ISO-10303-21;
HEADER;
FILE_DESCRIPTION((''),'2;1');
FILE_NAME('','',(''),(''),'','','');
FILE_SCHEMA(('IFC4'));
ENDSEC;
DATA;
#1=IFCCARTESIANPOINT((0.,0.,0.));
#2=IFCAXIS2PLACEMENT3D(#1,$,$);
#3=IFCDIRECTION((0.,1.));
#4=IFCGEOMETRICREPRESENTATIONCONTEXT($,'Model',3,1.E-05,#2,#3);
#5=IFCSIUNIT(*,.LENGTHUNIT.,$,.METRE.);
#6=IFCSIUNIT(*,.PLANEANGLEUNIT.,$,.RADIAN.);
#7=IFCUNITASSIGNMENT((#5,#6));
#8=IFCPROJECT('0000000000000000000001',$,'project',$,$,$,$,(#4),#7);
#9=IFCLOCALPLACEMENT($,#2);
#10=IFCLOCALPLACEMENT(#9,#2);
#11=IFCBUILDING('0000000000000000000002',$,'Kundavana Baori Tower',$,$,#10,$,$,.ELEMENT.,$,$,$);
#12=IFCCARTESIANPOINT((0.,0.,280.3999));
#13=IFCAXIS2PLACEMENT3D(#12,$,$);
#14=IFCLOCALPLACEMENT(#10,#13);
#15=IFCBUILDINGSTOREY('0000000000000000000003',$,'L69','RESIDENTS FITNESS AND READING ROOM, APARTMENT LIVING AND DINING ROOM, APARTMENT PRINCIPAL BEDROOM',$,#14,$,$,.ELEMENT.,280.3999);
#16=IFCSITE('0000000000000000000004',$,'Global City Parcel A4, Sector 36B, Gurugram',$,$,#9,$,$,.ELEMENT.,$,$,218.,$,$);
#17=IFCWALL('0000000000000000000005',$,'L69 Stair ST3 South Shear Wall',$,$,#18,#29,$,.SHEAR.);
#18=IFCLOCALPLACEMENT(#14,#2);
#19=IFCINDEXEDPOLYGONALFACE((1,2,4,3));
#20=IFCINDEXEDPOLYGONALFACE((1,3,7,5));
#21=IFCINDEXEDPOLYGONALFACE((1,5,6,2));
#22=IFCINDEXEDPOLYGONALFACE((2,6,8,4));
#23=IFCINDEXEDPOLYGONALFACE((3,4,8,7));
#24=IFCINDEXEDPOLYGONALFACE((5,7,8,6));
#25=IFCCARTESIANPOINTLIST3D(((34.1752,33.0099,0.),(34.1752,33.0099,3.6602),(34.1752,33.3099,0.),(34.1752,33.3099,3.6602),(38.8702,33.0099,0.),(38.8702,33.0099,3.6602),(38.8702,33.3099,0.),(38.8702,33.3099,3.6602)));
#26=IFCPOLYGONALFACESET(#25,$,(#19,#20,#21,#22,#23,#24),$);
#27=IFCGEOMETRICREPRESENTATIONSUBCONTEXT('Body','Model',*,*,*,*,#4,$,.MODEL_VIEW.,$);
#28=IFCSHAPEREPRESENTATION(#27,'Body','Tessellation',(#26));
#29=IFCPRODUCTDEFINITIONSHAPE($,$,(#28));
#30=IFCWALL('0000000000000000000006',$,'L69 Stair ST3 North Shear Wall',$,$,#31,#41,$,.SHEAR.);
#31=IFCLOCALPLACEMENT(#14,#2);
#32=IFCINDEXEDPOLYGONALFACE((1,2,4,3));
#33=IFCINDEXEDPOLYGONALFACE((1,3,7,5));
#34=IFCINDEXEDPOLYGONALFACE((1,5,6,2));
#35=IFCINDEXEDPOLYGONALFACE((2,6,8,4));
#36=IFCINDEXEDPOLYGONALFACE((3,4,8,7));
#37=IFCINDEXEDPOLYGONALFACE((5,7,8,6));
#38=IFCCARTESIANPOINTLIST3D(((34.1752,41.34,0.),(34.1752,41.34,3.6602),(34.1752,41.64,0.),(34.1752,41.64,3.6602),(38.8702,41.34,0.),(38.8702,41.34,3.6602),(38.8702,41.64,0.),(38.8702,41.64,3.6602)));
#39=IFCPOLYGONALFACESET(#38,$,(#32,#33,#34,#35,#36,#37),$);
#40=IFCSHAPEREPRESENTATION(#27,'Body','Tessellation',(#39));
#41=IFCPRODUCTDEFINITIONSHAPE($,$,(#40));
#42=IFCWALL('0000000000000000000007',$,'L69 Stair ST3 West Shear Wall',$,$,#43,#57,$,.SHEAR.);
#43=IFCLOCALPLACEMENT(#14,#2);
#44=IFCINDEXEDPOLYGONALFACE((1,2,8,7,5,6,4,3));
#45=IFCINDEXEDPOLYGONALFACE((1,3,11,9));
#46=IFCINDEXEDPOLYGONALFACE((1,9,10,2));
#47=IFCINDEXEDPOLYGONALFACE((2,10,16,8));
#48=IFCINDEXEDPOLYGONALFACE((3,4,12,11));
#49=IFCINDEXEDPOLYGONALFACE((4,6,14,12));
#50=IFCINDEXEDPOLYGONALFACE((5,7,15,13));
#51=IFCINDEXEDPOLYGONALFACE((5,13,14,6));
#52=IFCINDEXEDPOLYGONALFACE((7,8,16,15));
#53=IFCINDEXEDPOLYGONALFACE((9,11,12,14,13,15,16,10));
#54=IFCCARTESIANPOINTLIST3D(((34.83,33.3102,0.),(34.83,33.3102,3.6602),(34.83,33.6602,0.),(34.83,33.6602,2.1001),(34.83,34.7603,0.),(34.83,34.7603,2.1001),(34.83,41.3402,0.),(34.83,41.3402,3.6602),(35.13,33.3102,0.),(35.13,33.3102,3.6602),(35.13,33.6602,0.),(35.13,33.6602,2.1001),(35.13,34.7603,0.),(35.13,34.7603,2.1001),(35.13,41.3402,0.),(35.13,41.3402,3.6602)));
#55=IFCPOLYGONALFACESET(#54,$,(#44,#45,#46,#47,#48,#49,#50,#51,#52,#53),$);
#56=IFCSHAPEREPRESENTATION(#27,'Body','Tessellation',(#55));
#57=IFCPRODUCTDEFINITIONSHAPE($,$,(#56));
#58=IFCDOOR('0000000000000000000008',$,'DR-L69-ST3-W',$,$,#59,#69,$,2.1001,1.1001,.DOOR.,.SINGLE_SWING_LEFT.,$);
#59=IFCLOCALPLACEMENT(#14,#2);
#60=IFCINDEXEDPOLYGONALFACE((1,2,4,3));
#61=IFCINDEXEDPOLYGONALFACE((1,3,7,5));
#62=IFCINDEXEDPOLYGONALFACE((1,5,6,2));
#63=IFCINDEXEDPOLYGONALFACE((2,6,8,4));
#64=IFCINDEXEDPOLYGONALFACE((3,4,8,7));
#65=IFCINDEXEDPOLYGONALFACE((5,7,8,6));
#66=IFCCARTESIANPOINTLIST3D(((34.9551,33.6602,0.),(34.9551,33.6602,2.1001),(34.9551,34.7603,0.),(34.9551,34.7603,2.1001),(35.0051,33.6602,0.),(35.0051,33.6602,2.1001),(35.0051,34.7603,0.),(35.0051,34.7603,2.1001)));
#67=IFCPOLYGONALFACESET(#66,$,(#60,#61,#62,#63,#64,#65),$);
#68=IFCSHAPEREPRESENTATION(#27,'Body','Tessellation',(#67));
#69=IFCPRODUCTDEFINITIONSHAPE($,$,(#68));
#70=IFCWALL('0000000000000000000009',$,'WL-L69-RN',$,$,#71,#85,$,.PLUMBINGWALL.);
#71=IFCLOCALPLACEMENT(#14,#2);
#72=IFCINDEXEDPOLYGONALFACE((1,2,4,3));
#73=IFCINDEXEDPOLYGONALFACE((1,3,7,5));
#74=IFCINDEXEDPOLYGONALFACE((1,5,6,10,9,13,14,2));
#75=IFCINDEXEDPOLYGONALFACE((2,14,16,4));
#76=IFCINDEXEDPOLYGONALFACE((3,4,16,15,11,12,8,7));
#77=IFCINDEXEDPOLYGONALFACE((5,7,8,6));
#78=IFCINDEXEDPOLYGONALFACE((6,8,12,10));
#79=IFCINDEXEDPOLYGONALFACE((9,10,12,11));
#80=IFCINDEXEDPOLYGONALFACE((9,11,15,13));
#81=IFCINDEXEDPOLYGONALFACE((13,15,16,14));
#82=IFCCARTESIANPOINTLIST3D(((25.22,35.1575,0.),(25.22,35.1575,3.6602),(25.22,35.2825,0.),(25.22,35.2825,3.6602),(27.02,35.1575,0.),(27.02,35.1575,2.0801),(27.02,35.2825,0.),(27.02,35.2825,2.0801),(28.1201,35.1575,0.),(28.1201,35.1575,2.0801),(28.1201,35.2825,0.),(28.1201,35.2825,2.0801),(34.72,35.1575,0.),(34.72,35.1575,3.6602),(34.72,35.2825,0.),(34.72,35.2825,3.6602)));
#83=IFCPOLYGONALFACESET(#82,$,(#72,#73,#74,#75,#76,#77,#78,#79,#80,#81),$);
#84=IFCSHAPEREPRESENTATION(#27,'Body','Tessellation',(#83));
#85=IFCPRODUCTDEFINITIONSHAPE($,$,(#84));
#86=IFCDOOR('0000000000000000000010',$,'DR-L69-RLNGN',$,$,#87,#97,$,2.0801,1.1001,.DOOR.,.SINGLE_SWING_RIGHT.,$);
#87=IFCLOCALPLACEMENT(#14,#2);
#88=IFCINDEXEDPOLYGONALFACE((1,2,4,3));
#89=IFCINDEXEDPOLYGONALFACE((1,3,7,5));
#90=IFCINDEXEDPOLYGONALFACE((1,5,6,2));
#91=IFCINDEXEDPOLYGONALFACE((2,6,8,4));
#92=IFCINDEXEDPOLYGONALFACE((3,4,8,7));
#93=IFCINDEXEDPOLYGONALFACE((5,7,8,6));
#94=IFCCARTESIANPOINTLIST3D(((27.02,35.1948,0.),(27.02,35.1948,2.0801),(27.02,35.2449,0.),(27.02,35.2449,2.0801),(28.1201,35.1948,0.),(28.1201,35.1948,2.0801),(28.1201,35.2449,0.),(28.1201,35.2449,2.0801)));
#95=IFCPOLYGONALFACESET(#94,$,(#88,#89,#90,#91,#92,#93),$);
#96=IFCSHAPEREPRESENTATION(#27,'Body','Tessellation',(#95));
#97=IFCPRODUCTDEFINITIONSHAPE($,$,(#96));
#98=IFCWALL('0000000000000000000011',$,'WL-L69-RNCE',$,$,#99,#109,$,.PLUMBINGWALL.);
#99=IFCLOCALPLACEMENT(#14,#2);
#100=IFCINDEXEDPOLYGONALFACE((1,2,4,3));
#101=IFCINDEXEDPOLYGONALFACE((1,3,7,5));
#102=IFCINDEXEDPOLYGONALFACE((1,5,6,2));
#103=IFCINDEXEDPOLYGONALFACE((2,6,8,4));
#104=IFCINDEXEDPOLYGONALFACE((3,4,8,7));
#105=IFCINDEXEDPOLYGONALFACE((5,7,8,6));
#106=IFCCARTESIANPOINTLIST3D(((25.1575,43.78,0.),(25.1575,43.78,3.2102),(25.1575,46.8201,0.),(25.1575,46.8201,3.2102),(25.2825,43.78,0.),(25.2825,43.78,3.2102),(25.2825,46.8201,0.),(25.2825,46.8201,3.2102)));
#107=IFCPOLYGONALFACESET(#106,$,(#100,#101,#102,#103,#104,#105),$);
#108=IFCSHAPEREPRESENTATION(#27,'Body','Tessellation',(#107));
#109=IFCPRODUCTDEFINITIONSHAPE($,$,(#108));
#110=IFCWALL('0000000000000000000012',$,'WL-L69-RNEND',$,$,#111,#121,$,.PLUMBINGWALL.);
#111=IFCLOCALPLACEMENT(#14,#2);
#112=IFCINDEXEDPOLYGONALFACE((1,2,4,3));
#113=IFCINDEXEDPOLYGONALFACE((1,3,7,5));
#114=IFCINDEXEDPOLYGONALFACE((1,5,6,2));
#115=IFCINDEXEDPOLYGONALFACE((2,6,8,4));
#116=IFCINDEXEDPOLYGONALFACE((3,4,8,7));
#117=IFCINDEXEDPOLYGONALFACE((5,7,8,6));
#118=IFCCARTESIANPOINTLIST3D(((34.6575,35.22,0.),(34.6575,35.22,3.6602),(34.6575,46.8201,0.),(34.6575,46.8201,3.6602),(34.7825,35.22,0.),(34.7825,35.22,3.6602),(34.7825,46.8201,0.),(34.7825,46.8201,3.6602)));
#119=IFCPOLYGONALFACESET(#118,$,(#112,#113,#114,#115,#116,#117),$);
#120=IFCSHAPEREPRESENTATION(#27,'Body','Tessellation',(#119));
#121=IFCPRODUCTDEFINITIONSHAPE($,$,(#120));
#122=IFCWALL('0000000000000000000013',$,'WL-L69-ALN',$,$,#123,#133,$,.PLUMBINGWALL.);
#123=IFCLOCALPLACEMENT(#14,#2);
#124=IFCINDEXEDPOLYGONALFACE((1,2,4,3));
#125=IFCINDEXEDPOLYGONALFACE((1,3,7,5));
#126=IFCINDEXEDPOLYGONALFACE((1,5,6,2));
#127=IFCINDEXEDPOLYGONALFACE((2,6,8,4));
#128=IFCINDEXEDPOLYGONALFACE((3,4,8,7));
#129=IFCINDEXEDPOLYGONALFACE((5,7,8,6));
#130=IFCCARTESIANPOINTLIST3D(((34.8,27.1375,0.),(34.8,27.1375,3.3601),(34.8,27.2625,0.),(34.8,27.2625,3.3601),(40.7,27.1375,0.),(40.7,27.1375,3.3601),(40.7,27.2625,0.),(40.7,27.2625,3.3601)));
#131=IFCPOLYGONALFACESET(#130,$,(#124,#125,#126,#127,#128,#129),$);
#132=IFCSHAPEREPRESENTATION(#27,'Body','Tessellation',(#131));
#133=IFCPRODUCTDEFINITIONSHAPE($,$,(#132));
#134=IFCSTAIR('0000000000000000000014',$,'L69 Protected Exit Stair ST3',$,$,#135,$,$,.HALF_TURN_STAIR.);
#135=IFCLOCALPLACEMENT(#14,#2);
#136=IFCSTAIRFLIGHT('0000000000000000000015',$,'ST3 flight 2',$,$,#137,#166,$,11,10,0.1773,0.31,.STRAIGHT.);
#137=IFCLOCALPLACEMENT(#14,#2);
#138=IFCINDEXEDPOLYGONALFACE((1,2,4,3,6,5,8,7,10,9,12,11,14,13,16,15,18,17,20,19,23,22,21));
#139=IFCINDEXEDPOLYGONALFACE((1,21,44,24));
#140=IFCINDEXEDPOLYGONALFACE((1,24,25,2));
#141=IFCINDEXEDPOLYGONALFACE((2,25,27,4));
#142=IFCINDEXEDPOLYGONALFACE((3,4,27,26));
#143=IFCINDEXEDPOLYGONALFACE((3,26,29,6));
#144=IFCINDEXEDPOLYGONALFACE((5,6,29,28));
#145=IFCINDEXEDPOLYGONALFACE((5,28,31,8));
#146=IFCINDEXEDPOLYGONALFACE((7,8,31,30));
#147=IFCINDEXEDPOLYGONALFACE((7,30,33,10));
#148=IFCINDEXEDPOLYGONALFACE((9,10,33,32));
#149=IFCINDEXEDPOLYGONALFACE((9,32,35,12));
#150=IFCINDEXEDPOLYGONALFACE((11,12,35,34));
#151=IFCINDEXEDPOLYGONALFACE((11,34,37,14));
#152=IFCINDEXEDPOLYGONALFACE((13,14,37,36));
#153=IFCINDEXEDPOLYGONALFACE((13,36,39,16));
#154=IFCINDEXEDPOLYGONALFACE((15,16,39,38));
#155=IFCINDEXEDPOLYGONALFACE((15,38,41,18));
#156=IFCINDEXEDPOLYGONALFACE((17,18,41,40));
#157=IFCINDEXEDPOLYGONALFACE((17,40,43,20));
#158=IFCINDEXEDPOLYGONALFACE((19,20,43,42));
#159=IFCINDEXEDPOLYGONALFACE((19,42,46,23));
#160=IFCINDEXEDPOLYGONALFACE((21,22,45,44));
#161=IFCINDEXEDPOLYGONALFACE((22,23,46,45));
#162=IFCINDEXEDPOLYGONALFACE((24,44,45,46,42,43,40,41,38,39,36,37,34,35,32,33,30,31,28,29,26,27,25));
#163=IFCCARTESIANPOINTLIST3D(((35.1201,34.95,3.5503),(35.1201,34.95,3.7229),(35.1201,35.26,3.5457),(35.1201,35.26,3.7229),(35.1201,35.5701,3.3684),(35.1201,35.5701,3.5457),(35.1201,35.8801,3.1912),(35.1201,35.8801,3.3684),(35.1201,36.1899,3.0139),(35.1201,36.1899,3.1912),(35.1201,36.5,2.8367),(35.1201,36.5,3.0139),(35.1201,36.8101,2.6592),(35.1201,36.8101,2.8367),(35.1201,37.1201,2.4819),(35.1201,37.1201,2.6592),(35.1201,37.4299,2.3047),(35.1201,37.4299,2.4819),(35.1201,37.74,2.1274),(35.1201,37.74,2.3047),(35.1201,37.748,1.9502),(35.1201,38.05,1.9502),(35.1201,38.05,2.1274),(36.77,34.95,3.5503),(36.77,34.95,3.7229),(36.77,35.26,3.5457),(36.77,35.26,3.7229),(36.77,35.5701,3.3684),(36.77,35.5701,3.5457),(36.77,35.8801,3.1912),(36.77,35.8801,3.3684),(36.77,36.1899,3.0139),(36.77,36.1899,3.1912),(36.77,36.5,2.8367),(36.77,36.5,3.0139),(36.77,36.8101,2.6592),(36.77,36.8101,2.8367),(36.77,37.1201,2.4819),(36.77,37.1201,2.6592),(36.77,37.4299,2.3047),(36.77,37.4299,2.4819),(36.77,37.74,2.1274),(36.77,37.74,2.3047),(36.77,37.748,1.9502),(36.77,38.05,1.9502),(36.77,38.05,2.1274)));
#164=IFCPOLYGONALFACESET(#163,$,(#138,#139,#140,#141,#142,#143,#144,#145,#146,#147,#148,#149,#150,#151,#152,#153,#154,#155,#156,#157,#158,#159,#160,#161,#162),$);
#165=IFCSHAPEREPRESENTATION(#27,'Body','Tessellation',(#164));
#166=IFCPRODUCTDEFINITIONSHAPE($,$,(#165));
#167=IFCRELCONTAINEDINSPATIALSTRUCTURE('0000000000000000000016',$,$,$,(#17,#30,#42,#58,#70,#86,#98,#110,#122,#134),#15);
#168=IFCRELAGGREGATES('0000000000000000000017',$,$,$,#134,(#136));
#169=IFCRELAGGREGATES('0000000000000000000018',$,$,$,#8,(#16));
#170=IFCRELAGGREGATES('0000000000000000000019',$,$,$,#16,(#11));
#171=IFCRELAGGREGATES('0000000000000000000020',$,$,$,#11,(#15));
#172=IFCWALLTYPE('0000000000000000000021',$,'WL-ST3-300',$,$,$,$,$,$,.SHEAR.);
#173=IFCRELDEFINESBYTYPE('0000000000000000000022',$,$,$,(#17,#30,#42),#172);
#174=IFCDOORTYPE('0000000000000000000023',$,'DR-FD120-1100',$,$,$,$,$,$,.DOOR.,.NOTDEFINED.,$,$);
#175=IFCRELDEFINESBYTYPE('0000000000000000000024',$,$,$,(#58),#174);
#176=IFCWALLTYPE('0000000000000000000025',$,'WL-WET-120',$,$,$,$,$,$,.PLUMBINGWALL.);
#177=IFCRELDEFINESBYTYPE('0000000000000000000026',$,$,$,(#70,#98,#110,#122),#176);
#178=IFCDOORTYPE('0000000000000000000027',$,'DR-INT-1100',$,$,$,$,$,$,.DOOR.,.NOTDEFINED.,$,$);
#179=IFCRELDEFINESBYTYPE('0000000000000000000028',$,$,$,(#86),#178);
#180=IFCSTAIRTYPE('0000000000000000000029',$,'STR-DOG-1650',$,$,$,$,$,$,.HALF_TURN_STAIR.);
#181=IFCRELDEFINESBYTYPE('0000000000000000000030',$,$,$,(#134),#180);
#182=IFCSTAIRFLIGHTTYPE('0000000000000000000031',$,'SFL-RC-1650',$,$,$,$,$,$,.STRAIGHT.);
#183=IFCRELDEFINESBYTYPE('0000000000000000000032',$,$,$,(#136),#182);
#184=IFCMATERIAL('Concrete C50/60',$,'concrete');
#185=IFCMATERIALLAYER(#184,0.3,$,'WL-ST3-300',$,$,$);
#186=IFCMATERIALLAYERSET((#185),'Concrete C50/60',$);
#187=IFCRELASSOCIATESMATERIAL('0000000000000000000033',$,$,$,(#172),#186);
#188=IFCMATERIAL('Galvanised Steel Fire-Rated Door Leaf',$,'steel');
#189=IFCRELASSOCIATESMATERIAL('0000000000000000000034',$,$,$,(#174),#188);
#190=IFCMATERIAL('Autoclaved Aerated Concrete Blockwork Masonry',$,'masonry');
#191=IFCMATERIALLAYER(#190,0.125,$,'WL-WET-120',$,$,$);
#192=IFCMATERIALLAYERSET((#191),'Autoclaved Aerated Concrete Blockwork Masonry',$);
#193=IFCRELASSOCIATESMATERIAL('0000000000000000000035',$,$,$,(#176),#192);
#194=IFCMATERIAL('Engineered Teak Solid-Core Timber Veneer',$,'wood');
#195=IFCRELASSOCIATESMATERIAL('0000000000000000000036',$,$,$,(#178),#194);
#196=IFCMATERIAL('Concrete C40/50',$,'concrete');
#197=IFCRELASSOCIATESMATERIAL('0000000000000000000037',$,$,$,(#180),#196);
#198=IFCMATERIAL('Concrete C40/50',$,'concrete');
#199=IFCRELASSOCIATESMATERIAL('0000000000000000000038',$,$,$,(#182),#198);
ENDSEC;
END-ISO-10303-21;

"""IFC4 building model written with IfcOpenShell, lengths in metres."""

from ifc_helpers import new_model, si_unit, direction, frame, frame_2d, origin, place, context, subcontext, project, spatial, polyline, rectangle, outline, extrude, material, layer, layer_set, type_object, element, fill, aggregate, save


model = new_model("IFC4")

# Units and contexts
model_context = context("Model", 3, precision=1e-05, world=origin(), true_north=direction((0.0, 1.0)))
body_context = subcontext(model_context, "Body", "Model", "MODEL_VIEW")
ifc_project = project(units=[si_unit("LENGTHUNIT", "METRE"), si_unit("PLANEANGLEUNIT", "RADIAN")], contexts=[model_context])

# Site, building, storey
site_placement = place(None, origin())
site = spatial("IfcSite", under=ifc_project, at=site_placement, Name="Global City Parcel A4, Sector 36B, Gurugram", CompositionType="ELEMENT", RefElevation=218.0)
building_placement = place(site_placement, origin())
building = spatial("IfcBuilding", under=site, at=building_placement, Name="Kundavana Baori Tower", CompositionType="ELEMENT")
storey_placement = place(building_placement, frame((0.0, 0.0, 280.3999)))
storey = spatial("IfcBuildingStorey", under=building, at=storey_placement, Name="L69", Description="RESIDENTS FITNESS AND READING ROOM, APARTMENT LIVING AND DINING ROOM, APARTMENT PRINCIPAL BEDROOM", CompositionType="ELEMENT", Elevation=280.3999)

# Walls
ifc_material_1 = material(Name="Concrete C50/60", Category="concrete")
ifc_layer_1 = layer(ifc_material_1, 0.3, Name="WL-ST3-300")
ifc_layer_set_1 = layer_set([ifc_layer_1], Name="Concrete C50/60")
wall_type_1 = type_object("IfcWallType", Name="WL-ST3-300", PredefinedType="SHEAR", material=ifc_layer_set_1)
for number, where, z_axis, x_axis, name in (
    (1, (34.175, 33.1599, 0.0), (0.0, 0.0, 1.0), (1.0, 0.0, 0.0), "L69 Stair ST3 South Shear Wall"),
    (2, (34.175, 41.49, 0.0), (0.0, 0.0, 1.0), (1.0, 0.0, 0.0), "L69 Stair ST3 North Shear Wall"),
):
    element("IfcWall", number, at=place(storey_placement, frame(where, z_axis=z_axis, x_axis=x_axis)), inside=storey, type_object=wall_type_1, Name=name, PredefinedType="SHEAR", context=body_context, shape_type="SweptSolid", body=[
        extrude(rectangle(XDim=4.6951, YDim=0.3, at=frame_2d((2.3477, 0.0))), origin(), (0.0, 0.0, 1.0), 3.6602),
    ])

# Walls, openings, doors
wall_1_placement = place(storey_placement, frame((34.98, 33.3101, 0.0), z_axis=(0.0, 0.0, 1.0), x_axis=(0.0, 1.0, 0.0)))
wall_1 = element("IfcWall", 3, at=wall_1_placement, inside=storey, type_object=wall_type_1, Name="L69 Stair ST3 West Shear Wall", PredefinedType="SHEAR", context=body_context, shape_type="SweptSolid", body=[
    extrude(rectangle(XDim=8.03, YDim=0.3, at=frame_2d((4.0151, 0.0))), origin(), (0.0, 0.0, 1.0), 3.6602),
])
opening_1_placement = place(wall_1_placement, frame((0.3501, 0.0, 0.0)))
opening_1 = element("IfcOpeningElement", 4, at=opening_1_placement, cuts=wall_1, PredefinedType="OPENING", context=body_context, shape_type="SweptSolid", body=[
    extrude(rectangle(XDim=1.1001, YDim=2.1001, at=frame_2d((0.55, 1.05))), frame((0.0, 0.1602, 0.0), z_axis=(0.0, -1.0, 0.0), x_axis=(1.0, 0.0, 0.0)), (0.0, 0.0, 1.0), 0.3201),
])
ifc_material_2 = material(Name="Galvanised Steel Fire-Rated Door Leaf", Category="steel")
door_type_1 = type_object("IfcDoorType", Name="DR-FD120-1100", OperationType="NOTDEFINED", PredefinedType="DOOR", material=ifc_material_2)
door_1_placement = place(opening_1_placement, origin())
door_1 = element("IfcDoor", 5, at=door_1_placement, inside=storey, type_object=door_type_1, Name="DR-L69-ST3-W", OperationType="SINGLE_SWING_LEFT", OverallHeight=2.1001, OverallWidth=1.1001, PredefinedType="DOOR", context=body_context, shape_type="SweptSolid", body=[
    extrude(rectangle(XDim=1.1001, YDim=2.1001, at=frame_2d((0.55, 1.05))), frame((0.0, 0.0249, 0.0), z_axis=(0.0, -1.0, 0.0), x_axis=(1.0, 0.0, 0.0)), (0.0, 0.0, 1.0), 0.05),
])
fill(opening_1, door_1)
ifc_material_3 = material(Name="Autoclaved Aerated Concrete Blockwork Masonry", Category="masonry")
ifc_layer_2 = layer(ifc_material_3, 0.125, Name="WL-WET-120")
ifc_layer_set_2 = layer_set([ifc_layer_2], Name="Autoclaved Aerated Concrete Blockwork Masonry")
wall_type_2 = type_object("IfcWallType", Name="WL-WET-120", PredefinedType="PLUMBINGWALL", material=ifc_layer_set_2)
wall_2_placement = place(storey_placement, frame((25.22, 35.22, 0.0), z_axis=(0.0, 0.0, 1.0), x_axis=(1.0, 0.0, 0.0)))
wall_2 = element("IfcWall", 6, at=wall_2_placement, inside=storey, type_object=wall_type_2, Name="WL-L69-RN", PredefinedType="PLUMBINGWALL", context=body_context, shape_type="SweptSolid", body=[
    extrude(rectangle(XDim=9.5, YDim=0.125, at=frame_2d((4.75, 0.0))), origin(), (0.0, 0.0, 1.0), 3.6602),
])
opening_2_placement = place(wall_2_placement, frame((1.8, 0.0, 0.0)))
opening_2 = element("IfcOpeningElement", 7, at=opening_2_placement, cuts=wall_2, PredefinedType="OPENING", context=body_context, shape_type="SweptSolid", body=[
    extrude(rectangle(XDim=1.1001, YDim=2.0801, at=frame_2d((0.55, 1.04))), frame((0.0, 0.0725, 0.0), z_axis=(0.0, -1.0, 0.0), x_axis=(1.0, 0.0, 0.0)), (0.0, 0.0, 1.0), 0.145),
])
ifc_material_4 = material(Name="Engineered Teak Solid-Core Timber Veneer", Category="wood")
door_type_2 = type_object("IfcDoorType", Name="DR-INT-1100", OperationType="NOTDEFINED", PredefinedType="DOOR", material=ifc_material_4)
door_2_placement = place(opening_2_placement, origin())
door_2 = element("IfcDoor", 8, at=door_2_placement, inside=storey, type_object=door_type_2, Name="DR-L69-RLNGN", OperationType="SINGLE_SWING_RIGHT", OverallHeight=2.0801, OverallWidth=1.1001, PredefinedType="DOOR", context=body_context, shape_type="SweptSolid", body=[
    extrude(rectangle(XDim=1.1001, YDim=2.0801, at=frame_2d((0.55, 1.04))), frame((0.0, 0.0249, 0.0), z_axis=(0.0, -1.0, 0.0), x_axis=(1.0, 0.0, 0.0)), (0.0, 0.0, 1.0), 0.05),
])
fill(opening_2, door_2)

# Walls
wall_3_placement = place(storey_placement, frame((25.22, 43.78, 0.0), z_axis=(0.0, 0.0, 1.0), x_axis=(0.0, 1.0, 0.0)))
element("IfcWall", 9, at=wall_3_placement, inside=storey, type_object=wall_type_2, Name="WL-L69-RNCE", PredefinedType="PLUMBINGWALL", context=body_context, shape_type="SweptSolid", body=[
    extrude(rectangle(XDim=3.04, YDim=0.125, at=frame_2d((1.52, 0.0))), origin(), (0.0, 0.0, 1.0), 3.2102),
])
wall_4_placement = place(storey_placement, frame((34.72, 35.22, 0.0), z_axis=(0.0, 0.0, 1.0), x_axis=(0.0, 1.0, 0.0)))
element("IfcWall", 10, at=wall_4_placement, inside=storey, type_object=wall_type_2, Name="WL-L69-RNEND", PredefinedType="PLUMBINGWALL", context=body_context, shape_type="SweptSolid", body=[
    extrude(rectangle(XDim=11.6001, YDim=0.125, at=frame_2d((5.8, 0.0))), origin(), (0.0, 0.0, 1.0), 3.6602),
])
wall_5_placement = place(storey_placement, frame((34.8, 27.2, 0.0), z_axis=(0.0, 0.0, 1.0), x_axis=(1.0, 0.0, 0.0)))
element("IfcWall", 11, at=wall_5_placement, inside=storey, type_object=wall_type_2, Name="WL-L69-ALN", PredefinedType="PLUMBINGWALL", context=body_context, shape_type="SweptSolid", body=[
    extrude(rectangle(XDim=5.8999, YDim=0.125, at=frame_2d((2.95, 0.0))), origin(), (0.0, 0.0, 1.0), 3.3601),
])

# Stair, stair flight
ifc_material_5 = material(Name="Concrete C40/50", Category="concrete")
stair_type = type_object("IfcStairType", Name="STR-DOG-1650", PredefinedType="HALF_TURN_STAIR", material=ifc_material_5)
stair_placement = place(storey_placement, origin())
stair = element("IfcStair", 12, at=stair_placement, inside=storey, type_object=stair_type, Name="L69 Protected Exit Stair ST3", PredefinedType="HALF_TURN_STAIR")
ifc_material_6 = material(Name="Concrete C40/50", Category="concrete")
stair_flight_type = type_object("IfcStairFlightType", Name="SFL-RC-1650", PredefinedType="STRAIGHT", material=ifc_material_6)
stair_flight_placement = place(storey_placement, frame((35.9451, 38.05, 1.9502), z_axis=(0.0, 0.0, 1.0), x_axis=(0.0, -1.0, 0.0)))
stair_flight = element("IfcStairFlight", 13, at=stair_flight_placement, type_object=stair_flight_type, Name="ST3 flight 2", NumberOfRisers=11, NumberOfTreads=10, PredefinedType="STRAIGHT", RiserHeight=0.1773, TreadLength=0.31, context=body_context, shape_type="SweptSolid", body=[
    extrude(outline(polyline([(0.0, 0.0), (0.0, 0.1772), (0.3101, 0.1772), (0.3101, 0.3545), (0.6201, 0.3545), (0.6201, 0.5317), (0.9299, 0.5317), (0.9299, 0.709), (1.24, 0.709), (1.24, 0.8865), (1.55, 0.8865), (1.55, 1.0637), (1.8601, 1.0637), (1.8601, 1.241), (2.1699, 1.241), (2.1699, 1.4182), (2.48, 1.4182), (2.48, 1.5955), (2.79, 1.5955), (2.79, 1.7727), (3.1001, 1.7727), (3.1001, 1.95), (3.1001, 1.6001), (0.302, 0.0), (0.0, 0.0)])), frame((0.0, 0.825, 0.0), z_axis=(0.0, -1.0, 0.0), x_axis=(1.0, 0.0, 0.0)), (0.0, 0.0, 1.0), 1.6499),
])
aggregate(stair, [stair_flight])

save(model, "model.ifc")
